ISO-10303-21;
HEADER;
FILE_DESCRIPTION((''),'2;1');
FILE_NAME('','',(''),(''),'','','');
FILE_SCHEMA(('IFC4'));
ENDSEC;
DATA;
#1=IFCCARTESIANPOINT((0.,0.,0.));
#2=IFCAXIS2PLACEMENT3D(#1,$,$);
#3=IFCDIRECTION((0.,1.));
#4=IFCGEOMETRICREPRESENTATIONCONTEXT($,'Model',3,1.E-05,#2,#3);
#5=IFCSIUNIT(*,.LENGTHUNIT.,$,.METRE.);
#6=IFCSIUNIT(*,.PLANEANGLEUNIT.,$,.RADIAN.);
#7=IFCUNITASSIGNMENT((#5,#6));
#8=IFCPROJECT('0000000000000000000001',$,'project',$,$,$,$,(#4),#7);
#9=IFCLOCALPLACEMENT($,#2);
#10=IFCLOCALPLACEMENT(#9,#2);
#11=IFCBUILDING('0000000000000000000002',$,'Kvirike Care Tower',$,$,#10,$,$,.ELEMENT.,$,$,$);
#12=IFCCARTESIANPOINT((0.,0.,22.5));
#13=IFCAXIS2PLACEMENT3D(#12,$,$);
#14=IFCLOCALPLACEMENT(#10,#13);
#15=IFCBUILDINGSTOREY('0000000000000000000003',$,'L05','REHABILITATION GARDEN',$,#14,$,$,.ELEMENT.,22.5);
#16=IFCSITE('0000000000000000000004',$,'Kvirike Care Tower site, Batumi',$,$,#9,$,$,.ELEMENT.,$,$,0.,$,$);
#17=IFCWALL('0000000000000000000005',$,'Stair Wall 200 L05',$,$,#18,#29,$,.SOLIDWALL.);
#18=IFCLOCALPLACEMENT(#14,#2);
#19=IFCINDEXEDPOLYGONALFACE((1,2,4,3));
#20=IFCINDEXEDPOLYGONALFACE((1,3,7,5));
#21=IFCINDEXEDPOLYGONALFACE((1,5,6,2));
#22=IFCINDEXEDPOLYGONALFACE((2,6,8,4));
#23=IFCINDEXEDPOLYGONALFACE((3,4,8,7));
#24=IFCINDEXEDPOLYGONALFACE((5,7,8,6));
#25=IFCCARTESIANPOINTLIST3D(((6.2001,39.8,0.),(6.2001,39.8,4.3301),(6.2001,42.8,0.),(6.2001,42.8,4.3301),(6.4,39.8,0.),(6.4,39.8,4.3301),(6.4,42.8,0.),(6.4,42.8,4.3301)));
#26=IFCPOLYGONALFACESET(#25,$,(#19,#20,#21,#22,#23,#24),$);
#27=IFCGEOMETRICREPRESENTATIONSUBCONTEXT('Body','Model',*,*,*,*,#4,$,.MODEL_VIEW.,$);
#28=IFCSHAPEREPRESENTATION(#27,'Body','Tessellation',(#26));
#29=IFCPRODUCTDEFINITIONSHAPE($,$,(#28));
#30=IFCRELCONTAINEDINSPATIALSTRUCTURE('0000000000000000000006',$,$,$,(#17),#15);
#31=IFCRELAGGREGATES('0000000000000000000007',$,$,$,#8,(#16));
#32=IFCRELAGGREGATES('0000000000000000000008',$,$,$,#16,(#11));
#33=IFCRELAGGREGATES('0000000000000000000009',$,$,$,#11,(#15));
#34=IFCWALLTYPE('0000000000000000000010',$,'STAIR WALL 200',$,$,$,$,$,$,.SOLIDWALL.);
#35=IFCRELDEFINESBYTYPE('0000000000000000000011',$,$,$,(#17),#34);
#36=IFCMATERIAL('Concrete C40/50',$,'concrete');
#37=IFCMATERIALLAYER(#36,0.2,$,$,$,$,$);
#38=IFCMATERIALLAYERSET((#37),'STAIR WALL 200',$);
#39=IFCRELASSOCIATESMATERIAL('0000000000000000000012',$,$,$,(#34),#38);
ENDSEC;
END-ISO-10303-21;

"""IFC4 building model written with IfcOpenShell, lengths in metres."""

from ifc_helpers import new_model, si_unit, direction, frame, frame_2d, origin, place, context, subcontext, project, spatial, rectangle, extrude, material, layer, layer_set, type_object, element, save


model = new_model("IFC4")

# Units and contexts
model_context = context("Model", 3, precision=1e-05, world=origin(), true_north=direction((0.0, 1.0)))
body_context = subcontext(model_context, "Body", "Model", "MODEL_VIEW")
ifc_project = project(units=[si_unit("LENGTHUNIT", "METRE"), si_unit("PLANEANGLEUNIT", "RADIAN")], contexts=[model_context])

# Site, building, storey
site_placement = place(None, origin())
site = spatial("IfcSite", under=ifc_project, at=site_placement, Name="Kvirike Care Tower site, Batumi", CompositionType="ELEMENT", RefElevation=0.0)
building_placement = place(site_placement, origin())
building = spatial("IfcBuilding", under=site, at=building_placement, Name="Kvirike Care Tower", CompositionType="ELEMENT")
storey_placement = place(building_placement, frame((0.0, 0.0, 22.5)))
storey = spatial("IfcBuildingStorey", under=building, at=storey_placement, Name="L05", Description="REHABILITATION GARDEN", CompositionType="ELEMENT", Elevation=22.5)

# Wall
ifc_material_1 = material(Name="Concrete C40/50", Category="concrete")
ifc_layer_1 = layer(ifc_material_1, 0.2)
ifc_layer_set_1 = layer_set([ifc_layer_1], Name="STAIR WALL 200")
wall_type_1 = type_object("IfcWallType", Name="STAIR WALL 200", PredefinedType="SOLIDWALL", material=ifc_layer_set_1)
wall_1_placement = place(storey_placement, frame((6.3, 42.8, 0.0), z_axis=(0.0, 0.0, 1.0), x_axis=(0.0, -1.0, 0.0)))
element("IfcWall", 1, at=wall_1_placement, inside=storey, type_object=wall_type_1, Name="Stair Wall 200 L05", PredefinedType="SOLIDWALL", context=body_context, shape_type="SweptSolid", body=[
    extrude(rectangle(XDim=3.0, YDim=0.2, at=frame_2d((1.5, 0.0))), origin(), (0.0, 0.0, 1.0), 4.3301),
])

save(model, "model.ifc")
